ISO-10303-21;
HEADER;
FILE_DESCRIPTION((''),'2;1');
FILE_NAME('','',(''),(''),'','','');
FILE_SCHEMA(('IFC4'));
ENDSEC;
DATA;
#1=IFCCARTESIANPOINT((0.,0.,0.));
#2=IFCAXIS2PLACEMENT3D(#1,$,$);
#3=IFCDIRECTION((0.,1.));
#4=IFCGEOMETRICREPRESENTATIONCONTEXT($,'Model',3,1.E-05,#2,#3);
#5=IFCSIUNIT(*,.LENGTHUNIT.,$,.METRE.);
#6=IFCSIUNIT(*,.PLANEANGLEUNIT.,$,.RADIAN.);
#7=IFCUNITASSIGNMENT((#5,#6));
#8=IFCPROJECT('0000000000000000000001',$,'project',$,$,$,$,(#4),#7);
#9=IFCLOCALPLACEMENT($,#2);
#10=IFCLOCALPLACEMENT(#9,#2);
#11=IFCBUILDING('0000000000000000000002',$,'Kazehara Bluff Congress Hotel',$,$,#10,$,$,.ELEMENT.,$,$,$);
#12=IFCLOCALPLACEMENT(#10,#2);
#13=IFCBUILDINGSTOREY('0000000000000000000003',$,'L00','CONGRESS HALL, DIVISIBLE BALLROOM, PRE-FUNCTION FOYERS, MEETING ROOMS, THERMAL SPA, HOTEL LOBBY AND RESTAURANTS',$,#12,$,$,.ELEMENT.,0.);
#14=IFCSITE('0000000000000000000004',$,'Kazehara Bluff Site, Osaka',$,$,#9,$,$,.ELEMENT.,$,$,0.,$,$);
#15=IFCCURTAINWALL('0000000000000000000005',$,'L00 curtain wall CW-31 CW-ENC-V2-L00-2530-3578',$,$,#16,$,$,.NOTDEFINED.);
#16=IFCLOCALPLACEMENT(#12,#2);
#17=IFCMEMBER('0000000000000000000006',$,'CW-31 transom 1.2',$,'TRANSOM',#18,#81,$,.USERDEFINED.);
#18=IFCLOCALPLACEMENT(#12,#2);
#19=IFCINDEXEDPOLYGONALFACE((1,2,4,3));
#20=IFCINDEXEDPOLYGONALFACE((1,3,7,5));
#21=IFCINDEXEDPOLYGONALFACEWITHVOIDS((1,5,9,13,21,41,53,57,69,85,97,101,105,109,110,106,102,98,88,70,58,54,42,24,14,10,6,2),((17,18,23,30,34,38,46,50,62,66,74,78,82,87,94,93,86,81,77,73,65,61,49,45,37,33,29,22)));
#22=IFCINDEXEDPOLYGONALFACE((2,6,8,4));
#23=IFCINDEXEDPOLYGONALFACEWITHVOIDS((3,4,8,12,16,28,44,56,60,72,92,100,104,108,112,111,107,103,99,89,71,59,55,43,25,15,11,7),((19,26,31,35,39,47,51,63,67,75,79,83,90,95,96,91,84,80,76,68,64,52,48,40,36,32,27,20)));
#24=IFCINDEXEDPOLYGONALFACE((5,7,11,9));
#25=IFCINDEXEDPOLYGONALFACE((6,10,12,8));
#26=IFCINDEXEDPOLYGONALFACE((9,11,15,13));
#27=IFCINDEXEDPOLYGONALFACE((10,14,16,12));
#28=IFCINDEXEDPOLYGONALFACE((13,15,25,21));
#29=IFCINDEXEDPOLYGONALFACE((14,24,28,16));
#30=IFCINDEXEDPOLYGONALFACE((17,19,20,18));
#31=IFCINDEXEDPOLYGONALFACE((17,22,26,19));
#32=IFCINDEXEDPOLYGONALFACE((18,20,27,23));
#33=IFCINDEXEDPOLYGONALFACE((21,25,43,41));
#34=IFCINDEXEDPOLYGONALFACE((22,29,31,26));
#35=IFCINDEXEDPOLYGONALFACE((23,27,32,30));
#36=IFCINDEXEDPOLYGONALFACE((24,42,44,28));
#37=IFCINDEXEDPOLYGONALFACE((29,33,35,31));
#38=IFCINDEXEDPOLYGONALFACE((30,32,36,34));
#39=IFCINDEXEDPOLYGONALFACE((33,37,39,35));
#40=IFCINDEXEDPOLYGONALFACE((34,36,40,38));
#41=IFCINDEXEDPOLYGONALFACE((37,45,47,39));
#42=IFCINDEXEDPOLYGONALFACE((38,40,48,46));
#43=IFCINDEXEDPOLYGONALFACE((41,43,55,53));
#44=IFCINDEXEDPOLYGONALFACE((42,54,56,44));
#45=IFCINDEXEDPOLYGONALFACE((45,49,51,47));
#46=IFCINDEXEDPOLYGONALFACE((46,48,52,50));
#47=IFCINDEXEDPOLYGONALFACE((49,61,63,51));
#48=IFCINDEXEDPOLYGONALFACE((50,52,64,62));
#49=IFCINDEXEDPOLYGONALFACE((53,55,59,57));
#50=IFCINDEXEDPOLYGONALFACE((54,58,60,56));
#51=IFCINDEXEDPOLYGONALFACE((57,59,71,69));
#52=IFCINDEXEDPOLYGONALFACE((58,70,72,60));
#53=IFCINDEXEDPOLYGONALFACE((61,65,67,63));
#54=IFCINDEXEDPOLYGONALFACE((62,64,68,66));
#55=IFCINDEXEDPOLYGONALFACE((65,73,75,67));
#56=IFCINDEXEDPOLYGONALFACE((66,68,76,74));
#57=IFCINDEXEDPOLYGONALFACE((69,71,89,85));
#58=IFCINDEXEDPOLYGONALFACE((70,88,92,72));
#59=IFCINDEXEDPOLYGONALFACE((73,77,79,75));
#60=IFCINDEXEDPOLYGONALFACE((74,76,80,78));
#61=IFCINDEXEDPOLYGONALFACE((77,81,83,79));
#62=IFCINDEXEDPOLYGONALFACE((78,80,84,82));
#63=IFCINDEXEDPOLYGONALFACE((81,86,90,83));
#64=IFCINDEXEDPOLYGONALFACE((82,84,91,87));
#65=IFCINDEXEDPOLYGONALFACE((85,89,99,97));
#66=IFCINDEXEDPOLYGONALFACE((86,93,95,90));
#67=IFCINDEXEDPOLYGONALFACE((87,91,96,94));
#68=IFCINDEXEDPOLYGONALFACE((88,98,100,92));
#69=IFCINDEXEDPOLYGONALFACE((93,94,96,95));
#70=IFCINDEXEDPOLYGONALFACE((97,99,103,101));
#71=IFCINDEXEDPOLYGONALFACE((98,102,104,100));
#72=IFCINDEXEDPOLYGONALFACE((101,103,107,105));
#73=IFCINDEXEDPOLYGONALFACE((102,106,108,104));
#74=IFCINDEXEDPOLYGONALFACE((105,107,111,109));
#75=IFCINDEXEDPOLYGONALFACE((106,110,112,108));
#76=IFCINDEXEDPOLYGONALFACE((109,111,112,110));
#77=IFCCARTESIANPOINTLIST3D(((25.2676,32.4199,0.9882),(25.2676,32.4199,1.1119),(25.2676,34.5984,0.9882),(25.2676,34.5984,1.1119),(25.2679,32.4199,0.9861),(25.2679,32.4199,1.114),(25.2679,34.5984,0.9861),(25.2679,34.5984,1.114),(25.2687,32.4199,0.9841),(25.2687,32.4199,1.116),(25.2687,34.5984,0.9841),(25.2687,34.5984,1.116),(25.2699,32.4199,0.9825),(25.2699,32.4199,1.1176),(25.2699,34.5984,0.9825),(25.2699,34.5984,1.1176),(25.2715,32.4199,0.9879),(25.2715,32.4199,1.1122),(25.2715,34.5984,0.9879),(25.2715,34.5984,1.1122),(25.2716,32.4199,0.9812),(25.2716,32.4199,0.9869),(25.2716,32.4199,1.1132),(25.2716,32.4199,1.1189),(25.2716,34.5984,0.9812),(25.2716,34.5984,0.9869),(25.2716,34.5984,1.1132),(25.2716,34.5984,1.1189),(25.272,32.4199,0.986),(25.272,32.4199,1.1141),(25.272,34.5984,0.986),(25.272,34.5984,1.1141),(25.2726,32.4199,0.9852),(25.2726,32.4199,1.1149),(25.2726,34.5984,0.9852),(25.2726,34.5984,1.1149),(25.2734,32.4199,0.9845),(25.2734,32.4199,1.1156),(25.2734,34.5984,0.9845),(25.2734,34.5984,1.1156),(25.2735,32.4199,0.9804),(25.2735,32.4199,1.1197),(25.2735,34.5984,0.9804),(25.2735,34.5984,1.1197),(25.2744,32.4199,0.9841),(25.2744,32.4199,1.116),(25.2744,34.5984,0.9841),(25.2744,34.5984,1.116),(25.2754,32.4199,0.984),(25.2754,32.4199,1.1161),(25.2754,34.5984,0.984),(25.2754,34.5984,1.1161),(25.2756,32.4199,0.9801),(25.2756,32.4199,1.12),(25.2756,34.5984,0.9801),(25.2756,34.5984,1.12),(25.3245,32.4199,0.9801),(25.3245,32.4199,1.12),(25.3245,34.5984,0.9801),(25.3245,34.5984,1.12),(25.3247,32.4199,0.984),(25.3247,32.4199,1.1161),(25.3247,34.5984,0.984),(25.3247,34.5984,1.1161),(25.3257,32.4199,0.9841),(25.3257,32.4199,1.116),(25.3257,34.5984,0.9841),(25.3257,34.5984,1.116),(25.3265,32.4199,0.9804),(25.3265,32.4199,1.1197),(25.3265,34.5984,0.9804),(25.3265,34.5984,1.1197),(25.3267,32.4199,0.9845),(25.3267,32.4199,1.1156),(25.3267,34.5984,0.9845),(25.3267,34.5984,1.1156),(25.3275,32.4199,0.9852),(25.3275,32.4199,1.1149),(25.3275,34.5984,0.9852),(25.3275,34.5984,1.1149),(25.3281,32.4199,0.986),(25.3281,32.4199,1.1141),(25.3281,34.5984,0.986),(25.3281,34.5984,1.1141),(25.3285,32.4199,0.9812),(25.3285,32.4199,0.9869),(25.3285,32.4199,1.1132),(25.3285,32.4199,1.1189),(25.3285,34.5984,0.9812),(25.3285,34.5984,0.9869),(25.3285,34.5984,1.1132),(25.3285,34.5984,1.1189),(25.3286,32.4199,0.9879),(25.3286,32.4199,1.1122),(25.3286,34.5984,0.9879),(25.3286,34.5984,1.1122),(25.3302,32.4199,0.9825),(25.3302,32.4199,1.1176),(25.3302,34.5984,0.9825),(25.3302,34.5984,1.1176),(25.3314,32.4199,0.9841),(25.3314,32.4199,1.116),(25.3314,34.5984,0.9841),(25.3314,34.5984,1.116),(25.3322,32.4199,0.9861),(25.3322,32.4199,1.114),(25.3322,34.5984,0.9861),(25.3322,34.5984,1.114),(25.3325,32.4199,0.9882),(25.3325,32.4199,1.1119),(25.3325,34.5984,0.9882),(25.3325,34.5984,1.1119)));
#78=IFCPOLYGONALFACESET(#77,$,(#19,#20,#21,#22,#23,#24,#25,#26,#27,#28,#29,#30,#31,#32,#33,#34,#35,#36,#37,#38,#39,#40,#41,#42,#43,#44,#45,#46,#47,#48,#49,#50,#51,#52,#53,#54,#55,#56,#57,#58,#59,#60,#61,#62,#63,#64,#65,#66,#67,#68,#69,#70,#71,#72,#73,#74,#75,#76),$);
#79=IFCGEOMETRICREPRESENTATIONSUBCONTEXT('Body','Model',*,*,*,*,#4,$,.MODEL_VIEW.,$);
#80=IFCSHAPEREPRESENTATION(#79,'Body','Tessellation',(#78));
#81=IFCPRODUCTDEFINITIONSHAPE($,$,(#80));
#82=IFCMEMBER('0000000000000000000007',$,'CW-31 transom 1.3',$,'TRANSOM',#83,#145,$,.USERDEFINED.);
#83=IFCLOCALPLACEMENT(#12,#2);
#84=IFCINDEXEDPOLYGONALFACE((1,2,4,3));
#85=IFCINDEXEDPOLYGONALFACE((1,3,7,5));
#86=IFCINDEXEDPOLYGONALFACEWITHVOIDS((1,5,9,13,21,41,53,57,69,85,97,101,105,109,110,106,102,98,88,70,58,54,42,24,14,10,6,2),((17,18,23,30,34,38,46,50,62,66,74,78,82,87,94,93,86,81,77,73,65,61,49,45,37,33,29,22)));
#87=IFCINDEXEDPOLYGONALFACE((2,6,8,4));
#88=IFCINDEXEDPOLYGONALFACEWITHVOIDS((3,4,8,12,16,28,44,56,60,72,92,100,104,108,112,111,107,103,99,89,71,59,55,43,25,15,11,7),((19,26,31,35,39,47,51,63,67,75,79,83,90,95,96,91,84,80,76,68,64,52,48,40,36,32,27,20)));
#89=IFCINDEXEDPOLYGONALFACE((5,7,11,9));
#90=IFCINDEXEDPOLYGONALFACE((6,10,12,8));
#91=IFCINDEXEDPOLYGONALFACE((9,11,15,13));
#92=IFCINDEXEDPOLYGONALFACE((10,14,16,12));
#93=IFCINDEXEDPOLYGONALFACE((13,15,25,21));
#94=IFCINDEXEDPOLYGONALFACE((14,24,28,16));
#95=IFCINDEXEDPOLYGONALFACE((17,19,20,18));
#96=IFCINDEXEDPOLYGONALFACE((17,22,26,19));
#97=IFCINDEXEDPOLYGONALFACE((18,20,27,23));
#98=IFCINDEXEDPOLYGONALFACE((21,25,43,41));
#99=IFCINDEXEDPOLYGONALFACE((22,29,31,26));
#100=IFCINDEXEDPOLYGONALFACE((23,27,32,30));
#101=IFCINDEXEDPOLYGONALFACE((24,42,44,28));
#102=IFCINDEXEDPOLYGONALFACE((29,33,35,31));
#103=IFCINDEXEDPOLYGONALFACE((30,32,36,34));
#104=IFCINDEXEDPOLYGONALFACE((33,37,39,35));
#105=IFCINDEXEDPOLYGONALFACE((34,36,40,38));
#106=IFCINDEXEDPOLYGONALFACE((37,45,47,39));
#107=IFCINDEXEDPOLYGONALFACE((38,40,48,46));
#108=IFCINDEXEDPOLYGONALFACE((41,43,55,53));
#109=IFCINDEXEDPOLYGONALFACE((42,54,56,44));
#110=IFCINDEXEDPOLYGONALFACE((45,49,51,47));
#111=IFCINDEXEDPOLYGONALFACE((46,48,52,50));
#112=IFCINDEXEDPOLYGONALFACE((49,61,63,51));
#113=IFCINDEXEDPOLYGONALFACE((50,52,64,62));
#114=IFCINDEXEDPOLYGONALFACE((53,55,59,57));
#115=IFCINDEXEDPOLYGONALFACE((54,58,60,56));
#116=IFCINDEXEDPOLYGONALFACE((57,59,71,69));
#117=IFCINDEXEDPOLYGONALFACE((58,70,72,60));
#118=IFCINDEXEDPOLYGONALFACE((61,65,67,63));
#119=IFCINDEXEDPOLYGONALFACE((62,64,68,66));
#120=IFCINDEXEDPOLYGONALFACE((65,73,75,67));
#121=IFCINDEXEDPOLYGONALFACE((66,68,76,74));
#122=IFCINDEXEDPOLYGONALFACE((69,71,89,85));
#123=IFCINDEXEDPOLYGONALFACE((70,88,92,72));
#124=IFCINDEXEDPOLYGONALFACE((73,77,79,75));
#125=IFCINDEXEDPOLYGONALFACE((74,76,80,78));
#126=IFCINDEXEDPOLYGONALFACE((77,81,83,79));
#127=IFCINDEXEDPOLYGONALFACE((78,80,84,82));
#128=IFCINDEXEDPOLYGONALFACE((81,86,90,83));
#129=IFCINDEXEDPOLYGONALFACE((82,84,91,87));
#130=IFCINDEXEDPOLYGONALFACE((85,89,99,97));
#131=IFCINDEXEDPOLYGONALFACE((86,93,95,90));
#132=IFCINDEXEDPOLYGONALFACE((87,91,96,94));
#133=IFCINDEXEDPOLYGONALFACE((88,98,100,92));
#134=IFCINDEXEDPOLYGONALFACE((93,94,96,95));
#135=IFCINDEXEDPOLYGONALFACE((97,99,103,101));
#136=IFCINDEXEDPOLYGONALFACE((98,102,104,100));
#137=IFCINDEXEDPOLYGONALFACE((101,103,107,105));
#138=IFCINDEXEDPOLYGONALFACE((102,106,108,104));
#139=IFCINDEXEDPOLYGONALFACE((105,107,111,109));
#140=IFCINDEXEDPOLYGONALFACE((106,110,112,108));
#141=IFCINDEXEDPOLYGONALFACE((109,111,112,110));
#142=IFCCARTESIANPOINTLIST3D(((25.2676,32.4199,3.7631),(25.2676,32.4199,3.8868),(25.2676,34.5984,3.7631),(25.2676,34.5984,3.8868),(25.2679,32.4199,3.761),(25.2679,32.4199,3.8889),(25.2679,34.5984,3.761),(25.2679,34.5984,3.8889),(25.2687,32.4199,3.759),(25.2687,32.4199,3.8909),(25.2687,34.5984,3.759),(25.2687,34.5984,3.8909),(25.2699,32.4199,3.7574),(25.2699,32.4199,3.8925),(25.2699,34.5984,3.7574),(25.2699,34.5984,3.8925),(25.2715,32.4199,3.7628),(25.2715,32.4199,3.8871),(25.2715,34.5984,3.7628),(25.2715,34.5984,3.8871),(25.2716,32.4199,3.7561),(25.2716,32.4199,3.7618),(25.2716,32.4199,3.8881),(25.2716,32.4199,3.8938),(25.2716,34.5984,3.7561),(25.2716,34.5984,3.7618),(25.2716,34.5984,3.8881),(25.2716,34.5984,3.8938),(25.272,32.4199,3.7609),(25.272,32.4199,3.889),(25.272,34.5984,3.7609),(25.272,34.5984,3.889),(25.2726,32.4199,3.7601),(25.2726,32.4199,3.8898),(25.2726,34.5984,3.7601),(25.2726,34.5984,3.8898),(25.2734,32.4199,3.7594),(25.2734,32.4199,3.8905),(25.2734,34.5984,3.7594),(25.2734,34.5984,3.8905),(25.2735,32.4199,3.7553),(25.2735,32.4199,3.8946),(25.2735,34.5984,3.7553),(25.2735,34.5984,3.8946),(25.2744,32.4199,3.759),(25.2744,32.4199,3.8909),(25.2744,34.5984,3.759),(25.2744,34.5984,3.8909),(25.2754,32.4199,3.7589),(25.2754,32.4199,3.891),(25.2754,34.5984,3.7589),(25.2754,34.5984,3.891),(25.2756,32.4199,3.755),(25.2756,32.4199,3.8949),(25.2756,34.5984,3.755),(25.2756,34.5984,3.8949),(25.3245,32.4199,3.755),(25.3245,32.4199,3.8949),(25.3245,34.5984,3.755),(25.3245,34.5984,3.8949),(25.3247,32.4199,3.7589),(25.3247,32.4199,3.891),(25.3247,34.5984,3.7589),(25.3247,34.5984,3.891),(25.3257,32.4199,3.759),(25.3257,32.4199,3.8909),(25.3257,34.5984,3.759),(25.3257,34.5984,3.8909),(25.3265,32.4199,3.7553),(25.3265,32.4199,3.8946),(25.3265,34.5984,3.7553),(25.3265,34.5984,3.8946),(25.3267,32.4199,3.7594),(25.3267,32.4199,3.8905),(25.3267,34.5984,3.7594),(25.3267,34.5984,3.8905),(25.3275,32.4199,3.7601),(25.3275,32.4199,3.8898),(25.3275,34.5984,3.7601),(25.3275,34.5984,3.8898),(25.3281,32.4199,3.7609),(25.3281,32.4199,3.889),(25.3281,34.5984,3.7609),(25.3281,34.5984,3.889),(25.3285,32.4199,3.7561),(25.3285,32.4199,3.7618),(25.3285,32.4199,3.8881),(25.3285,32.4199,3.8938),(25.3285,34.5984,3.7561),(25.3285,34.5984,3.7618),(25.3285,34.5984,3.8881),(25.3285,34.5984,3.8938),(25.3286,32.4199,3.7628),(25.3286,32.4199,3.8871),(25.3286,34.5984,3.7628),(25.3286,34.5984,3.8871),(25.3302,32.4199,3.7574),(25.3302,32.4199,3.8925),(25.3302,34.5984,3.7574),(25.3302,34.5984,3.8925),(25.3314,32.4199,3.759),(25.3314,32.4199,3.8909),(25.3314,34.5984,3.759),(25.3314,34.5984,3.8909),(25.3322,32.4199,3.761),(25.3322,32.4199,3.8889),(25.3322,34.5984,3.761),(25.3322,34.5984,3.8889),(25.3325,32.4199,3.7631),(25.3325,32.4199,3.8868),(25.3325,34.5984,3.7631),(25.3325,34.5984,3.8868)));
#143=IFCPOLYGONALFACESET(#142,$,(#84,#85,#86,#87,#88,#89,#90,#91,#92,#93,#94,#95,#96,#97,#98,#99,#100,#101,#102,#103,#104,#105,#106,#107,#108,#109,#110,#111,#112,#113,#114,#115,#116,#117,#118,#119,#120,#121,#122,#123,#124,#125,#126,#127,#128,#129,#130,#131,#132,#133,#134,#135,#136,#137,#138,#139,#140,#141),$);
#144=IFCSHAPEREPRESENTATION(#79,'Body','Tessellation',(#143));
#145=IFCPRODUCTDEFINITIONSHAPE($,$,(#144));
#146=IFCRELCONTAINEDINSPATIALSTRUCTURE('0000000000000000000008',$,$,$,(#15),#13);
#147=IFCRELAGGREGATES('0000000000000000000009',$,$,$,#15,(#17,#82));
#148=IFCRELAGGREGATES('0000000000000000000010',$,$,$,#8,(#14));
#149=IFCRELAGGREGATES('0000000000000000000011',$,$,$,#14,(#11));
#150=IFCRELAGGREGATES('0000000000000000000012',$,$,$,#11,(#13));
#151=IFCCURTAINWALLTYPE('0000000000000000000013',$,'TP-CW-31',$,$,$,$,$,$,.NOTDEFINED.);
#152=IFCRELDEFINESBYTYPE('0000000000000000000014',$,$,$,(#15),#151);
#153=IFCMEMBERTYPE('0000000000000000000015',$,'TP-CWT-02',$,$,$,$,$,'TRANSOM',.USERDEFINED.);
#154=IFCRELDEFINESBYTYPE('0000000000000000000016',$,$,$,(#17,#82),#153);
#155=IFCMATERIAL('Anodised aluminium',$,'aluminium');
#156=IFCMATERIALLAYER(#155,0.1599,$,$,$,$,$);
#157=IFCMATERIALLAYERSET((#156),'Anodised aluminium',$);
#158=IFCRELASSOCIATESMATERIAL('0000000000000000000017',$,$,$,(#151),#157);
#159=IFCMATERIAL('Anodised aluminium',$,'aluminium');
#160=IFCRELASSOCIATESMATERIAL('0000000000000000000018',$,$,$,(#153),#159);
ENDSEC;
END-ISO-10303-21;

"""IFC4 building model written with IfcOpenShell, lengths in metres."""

from ifc_helpers import new_model, si_unit, direction, frame, origin, origin_2d, place, context, subcontext, project, spatial, hollow_rectangle, extrude, material, layer, layer_set, material_profile, profile_set, type_object, element, aggregate, save


model = new_model("IFC4")

# Units and contexts
model_context = context("Model", 3, precision=1e-05, world=origin(), true_north=direction((0.0, 1.0)))
body_context = subcontext(model_context, "Body", "Model", "MODEL_VIEW")
ifc_project = project(units=[si_unit("LENGTHUNIT", "METRE"), si_unit("PLANEANGLEUNIT", "RADIAN")], contexts=[model_context])

# Site, building, storey
site_placement = place(None, origin())
site = spatial("IfcSite", under=ifc_project, at=site_placement, Name="Kazehara Bluff Site, Osaka", CompositionType="ELEMENT", RefElevation=0.0)
building_placement = place(site_placement, origin())
building = spatial("IfcBuilding", under=site, at=building_placement, Name="Kazehara Bluff Congress Hotel", CompositionType="ELEMENT")
storey_placement = place(building_placement, origin())
storey = spatial("IfcBuildingStorey", under=building, at=storey_placement, Name="L00", Description="CONGRESS HALL, DIVISIBLE BALLROOM, PRE-FUNCTION FOYERS, MEETING ROOMS, THERMAL SPA, HOTEL LOBBY AND RESTAURANTS", CompositionType="ELEMENT", Elevation=0.0)

# Curtain wall, members
ifc_material_1 = material(Name="Anodised aluminium", Category="aluminium")
ifc_layer_1 = layer(ifc_material_1, 0.1599)
ifc_layer_set_1 = layer_set([ifc_layer_1], Name="Anodised aluminium")
curtain_wall_type = type_object("IfcCurtainWallType", Name="TP-CW-31", PredefinedType="NOTDEFINED", material=ifc_layer_set_1)
curtain_wall_placement = place(storey_placement, origin())
curtain_wall = element("IfcCurtainWall", 1, at=curtain_wall_placement, inside=storey, type_object=curtain_wall_type, Name="L00 curtain wall CW-31 CW-ENC-V2-L00-2530-3578", PredefinedType="NOTDEFINED")
ifc_material_2 = material(Name="Anodised aluminium", Category="aluminium")
ifc_material_profile_1 = material_profile(ifc_material_2, hollow_rectangle(XDim=0.0649, YDim=0.1399, WallThickness=0.0039, InnerFilletRadius=0.0039, OuterFilletRadius=0.0081, at=origin_2d()))
ifc_profile_set_1 = profile_set([ifc_material_profile_1], Name="Anodised aluminium")
member_type_1 = type_object("IfcMemberType", Name="TP-CWT-02", ElementType="TRANSOM", PredefinedType="USERDEFINED", material=ifc_profile_set_1)
member_1_placement = place(storey_placement, frame((25.3, 32.4199, 1.05), z_axis=(0.0, 1.0, 0.0), x_axis=(-1.0, 0.0, 0.0)))
member_1 = element("IfcMember", 2, at=member_1_placement, type_object=member_type_1, Name="CW-31 transom 1.2", ObjectType="TRANSOM", PredefinedType="USERDEFINED", context=body_context, shape_type="SweptSolid", body=[
    extrude(hollow_rectangle(XDim=0.0649, YDim=0.1399, WallThickness=0.0039, InnerFilletRadius=0.0039, OuterFilletRadius=0.0081, at=origin_2d()), origin(), (0.0, 0.0, 1.0), 2.1785),
])
member_2_placement = place(storey_placement, frame((25.3, 32.4199, 3.825), z_axis=(0.0, 1.0, 0.0), x_axis=(-1.0, 0.0, 0.0)))
member_2 = element("IfcMember", 3, at=member_2_placement, type_object=member_type_1, Name="CW-31 transom 1.3", ObjectType="TRANSOM", PredefinedType="USERDEFINED", context=body_context, shape_type="SweptSolid", body=[
    extrude(hollow_rectangle(XDim=0.0649, YDim=0.1399, WallThickness=0.0039, InnerFilletRadius=0.0039, OuterFilletRadius=0.0081, at=origin_2d()), origin(), (0.0, 0.0, 1.0), 2.1785),
])

aggregate(curtain_wall, [member_1, member_2])

save(model, "model.ifc")
